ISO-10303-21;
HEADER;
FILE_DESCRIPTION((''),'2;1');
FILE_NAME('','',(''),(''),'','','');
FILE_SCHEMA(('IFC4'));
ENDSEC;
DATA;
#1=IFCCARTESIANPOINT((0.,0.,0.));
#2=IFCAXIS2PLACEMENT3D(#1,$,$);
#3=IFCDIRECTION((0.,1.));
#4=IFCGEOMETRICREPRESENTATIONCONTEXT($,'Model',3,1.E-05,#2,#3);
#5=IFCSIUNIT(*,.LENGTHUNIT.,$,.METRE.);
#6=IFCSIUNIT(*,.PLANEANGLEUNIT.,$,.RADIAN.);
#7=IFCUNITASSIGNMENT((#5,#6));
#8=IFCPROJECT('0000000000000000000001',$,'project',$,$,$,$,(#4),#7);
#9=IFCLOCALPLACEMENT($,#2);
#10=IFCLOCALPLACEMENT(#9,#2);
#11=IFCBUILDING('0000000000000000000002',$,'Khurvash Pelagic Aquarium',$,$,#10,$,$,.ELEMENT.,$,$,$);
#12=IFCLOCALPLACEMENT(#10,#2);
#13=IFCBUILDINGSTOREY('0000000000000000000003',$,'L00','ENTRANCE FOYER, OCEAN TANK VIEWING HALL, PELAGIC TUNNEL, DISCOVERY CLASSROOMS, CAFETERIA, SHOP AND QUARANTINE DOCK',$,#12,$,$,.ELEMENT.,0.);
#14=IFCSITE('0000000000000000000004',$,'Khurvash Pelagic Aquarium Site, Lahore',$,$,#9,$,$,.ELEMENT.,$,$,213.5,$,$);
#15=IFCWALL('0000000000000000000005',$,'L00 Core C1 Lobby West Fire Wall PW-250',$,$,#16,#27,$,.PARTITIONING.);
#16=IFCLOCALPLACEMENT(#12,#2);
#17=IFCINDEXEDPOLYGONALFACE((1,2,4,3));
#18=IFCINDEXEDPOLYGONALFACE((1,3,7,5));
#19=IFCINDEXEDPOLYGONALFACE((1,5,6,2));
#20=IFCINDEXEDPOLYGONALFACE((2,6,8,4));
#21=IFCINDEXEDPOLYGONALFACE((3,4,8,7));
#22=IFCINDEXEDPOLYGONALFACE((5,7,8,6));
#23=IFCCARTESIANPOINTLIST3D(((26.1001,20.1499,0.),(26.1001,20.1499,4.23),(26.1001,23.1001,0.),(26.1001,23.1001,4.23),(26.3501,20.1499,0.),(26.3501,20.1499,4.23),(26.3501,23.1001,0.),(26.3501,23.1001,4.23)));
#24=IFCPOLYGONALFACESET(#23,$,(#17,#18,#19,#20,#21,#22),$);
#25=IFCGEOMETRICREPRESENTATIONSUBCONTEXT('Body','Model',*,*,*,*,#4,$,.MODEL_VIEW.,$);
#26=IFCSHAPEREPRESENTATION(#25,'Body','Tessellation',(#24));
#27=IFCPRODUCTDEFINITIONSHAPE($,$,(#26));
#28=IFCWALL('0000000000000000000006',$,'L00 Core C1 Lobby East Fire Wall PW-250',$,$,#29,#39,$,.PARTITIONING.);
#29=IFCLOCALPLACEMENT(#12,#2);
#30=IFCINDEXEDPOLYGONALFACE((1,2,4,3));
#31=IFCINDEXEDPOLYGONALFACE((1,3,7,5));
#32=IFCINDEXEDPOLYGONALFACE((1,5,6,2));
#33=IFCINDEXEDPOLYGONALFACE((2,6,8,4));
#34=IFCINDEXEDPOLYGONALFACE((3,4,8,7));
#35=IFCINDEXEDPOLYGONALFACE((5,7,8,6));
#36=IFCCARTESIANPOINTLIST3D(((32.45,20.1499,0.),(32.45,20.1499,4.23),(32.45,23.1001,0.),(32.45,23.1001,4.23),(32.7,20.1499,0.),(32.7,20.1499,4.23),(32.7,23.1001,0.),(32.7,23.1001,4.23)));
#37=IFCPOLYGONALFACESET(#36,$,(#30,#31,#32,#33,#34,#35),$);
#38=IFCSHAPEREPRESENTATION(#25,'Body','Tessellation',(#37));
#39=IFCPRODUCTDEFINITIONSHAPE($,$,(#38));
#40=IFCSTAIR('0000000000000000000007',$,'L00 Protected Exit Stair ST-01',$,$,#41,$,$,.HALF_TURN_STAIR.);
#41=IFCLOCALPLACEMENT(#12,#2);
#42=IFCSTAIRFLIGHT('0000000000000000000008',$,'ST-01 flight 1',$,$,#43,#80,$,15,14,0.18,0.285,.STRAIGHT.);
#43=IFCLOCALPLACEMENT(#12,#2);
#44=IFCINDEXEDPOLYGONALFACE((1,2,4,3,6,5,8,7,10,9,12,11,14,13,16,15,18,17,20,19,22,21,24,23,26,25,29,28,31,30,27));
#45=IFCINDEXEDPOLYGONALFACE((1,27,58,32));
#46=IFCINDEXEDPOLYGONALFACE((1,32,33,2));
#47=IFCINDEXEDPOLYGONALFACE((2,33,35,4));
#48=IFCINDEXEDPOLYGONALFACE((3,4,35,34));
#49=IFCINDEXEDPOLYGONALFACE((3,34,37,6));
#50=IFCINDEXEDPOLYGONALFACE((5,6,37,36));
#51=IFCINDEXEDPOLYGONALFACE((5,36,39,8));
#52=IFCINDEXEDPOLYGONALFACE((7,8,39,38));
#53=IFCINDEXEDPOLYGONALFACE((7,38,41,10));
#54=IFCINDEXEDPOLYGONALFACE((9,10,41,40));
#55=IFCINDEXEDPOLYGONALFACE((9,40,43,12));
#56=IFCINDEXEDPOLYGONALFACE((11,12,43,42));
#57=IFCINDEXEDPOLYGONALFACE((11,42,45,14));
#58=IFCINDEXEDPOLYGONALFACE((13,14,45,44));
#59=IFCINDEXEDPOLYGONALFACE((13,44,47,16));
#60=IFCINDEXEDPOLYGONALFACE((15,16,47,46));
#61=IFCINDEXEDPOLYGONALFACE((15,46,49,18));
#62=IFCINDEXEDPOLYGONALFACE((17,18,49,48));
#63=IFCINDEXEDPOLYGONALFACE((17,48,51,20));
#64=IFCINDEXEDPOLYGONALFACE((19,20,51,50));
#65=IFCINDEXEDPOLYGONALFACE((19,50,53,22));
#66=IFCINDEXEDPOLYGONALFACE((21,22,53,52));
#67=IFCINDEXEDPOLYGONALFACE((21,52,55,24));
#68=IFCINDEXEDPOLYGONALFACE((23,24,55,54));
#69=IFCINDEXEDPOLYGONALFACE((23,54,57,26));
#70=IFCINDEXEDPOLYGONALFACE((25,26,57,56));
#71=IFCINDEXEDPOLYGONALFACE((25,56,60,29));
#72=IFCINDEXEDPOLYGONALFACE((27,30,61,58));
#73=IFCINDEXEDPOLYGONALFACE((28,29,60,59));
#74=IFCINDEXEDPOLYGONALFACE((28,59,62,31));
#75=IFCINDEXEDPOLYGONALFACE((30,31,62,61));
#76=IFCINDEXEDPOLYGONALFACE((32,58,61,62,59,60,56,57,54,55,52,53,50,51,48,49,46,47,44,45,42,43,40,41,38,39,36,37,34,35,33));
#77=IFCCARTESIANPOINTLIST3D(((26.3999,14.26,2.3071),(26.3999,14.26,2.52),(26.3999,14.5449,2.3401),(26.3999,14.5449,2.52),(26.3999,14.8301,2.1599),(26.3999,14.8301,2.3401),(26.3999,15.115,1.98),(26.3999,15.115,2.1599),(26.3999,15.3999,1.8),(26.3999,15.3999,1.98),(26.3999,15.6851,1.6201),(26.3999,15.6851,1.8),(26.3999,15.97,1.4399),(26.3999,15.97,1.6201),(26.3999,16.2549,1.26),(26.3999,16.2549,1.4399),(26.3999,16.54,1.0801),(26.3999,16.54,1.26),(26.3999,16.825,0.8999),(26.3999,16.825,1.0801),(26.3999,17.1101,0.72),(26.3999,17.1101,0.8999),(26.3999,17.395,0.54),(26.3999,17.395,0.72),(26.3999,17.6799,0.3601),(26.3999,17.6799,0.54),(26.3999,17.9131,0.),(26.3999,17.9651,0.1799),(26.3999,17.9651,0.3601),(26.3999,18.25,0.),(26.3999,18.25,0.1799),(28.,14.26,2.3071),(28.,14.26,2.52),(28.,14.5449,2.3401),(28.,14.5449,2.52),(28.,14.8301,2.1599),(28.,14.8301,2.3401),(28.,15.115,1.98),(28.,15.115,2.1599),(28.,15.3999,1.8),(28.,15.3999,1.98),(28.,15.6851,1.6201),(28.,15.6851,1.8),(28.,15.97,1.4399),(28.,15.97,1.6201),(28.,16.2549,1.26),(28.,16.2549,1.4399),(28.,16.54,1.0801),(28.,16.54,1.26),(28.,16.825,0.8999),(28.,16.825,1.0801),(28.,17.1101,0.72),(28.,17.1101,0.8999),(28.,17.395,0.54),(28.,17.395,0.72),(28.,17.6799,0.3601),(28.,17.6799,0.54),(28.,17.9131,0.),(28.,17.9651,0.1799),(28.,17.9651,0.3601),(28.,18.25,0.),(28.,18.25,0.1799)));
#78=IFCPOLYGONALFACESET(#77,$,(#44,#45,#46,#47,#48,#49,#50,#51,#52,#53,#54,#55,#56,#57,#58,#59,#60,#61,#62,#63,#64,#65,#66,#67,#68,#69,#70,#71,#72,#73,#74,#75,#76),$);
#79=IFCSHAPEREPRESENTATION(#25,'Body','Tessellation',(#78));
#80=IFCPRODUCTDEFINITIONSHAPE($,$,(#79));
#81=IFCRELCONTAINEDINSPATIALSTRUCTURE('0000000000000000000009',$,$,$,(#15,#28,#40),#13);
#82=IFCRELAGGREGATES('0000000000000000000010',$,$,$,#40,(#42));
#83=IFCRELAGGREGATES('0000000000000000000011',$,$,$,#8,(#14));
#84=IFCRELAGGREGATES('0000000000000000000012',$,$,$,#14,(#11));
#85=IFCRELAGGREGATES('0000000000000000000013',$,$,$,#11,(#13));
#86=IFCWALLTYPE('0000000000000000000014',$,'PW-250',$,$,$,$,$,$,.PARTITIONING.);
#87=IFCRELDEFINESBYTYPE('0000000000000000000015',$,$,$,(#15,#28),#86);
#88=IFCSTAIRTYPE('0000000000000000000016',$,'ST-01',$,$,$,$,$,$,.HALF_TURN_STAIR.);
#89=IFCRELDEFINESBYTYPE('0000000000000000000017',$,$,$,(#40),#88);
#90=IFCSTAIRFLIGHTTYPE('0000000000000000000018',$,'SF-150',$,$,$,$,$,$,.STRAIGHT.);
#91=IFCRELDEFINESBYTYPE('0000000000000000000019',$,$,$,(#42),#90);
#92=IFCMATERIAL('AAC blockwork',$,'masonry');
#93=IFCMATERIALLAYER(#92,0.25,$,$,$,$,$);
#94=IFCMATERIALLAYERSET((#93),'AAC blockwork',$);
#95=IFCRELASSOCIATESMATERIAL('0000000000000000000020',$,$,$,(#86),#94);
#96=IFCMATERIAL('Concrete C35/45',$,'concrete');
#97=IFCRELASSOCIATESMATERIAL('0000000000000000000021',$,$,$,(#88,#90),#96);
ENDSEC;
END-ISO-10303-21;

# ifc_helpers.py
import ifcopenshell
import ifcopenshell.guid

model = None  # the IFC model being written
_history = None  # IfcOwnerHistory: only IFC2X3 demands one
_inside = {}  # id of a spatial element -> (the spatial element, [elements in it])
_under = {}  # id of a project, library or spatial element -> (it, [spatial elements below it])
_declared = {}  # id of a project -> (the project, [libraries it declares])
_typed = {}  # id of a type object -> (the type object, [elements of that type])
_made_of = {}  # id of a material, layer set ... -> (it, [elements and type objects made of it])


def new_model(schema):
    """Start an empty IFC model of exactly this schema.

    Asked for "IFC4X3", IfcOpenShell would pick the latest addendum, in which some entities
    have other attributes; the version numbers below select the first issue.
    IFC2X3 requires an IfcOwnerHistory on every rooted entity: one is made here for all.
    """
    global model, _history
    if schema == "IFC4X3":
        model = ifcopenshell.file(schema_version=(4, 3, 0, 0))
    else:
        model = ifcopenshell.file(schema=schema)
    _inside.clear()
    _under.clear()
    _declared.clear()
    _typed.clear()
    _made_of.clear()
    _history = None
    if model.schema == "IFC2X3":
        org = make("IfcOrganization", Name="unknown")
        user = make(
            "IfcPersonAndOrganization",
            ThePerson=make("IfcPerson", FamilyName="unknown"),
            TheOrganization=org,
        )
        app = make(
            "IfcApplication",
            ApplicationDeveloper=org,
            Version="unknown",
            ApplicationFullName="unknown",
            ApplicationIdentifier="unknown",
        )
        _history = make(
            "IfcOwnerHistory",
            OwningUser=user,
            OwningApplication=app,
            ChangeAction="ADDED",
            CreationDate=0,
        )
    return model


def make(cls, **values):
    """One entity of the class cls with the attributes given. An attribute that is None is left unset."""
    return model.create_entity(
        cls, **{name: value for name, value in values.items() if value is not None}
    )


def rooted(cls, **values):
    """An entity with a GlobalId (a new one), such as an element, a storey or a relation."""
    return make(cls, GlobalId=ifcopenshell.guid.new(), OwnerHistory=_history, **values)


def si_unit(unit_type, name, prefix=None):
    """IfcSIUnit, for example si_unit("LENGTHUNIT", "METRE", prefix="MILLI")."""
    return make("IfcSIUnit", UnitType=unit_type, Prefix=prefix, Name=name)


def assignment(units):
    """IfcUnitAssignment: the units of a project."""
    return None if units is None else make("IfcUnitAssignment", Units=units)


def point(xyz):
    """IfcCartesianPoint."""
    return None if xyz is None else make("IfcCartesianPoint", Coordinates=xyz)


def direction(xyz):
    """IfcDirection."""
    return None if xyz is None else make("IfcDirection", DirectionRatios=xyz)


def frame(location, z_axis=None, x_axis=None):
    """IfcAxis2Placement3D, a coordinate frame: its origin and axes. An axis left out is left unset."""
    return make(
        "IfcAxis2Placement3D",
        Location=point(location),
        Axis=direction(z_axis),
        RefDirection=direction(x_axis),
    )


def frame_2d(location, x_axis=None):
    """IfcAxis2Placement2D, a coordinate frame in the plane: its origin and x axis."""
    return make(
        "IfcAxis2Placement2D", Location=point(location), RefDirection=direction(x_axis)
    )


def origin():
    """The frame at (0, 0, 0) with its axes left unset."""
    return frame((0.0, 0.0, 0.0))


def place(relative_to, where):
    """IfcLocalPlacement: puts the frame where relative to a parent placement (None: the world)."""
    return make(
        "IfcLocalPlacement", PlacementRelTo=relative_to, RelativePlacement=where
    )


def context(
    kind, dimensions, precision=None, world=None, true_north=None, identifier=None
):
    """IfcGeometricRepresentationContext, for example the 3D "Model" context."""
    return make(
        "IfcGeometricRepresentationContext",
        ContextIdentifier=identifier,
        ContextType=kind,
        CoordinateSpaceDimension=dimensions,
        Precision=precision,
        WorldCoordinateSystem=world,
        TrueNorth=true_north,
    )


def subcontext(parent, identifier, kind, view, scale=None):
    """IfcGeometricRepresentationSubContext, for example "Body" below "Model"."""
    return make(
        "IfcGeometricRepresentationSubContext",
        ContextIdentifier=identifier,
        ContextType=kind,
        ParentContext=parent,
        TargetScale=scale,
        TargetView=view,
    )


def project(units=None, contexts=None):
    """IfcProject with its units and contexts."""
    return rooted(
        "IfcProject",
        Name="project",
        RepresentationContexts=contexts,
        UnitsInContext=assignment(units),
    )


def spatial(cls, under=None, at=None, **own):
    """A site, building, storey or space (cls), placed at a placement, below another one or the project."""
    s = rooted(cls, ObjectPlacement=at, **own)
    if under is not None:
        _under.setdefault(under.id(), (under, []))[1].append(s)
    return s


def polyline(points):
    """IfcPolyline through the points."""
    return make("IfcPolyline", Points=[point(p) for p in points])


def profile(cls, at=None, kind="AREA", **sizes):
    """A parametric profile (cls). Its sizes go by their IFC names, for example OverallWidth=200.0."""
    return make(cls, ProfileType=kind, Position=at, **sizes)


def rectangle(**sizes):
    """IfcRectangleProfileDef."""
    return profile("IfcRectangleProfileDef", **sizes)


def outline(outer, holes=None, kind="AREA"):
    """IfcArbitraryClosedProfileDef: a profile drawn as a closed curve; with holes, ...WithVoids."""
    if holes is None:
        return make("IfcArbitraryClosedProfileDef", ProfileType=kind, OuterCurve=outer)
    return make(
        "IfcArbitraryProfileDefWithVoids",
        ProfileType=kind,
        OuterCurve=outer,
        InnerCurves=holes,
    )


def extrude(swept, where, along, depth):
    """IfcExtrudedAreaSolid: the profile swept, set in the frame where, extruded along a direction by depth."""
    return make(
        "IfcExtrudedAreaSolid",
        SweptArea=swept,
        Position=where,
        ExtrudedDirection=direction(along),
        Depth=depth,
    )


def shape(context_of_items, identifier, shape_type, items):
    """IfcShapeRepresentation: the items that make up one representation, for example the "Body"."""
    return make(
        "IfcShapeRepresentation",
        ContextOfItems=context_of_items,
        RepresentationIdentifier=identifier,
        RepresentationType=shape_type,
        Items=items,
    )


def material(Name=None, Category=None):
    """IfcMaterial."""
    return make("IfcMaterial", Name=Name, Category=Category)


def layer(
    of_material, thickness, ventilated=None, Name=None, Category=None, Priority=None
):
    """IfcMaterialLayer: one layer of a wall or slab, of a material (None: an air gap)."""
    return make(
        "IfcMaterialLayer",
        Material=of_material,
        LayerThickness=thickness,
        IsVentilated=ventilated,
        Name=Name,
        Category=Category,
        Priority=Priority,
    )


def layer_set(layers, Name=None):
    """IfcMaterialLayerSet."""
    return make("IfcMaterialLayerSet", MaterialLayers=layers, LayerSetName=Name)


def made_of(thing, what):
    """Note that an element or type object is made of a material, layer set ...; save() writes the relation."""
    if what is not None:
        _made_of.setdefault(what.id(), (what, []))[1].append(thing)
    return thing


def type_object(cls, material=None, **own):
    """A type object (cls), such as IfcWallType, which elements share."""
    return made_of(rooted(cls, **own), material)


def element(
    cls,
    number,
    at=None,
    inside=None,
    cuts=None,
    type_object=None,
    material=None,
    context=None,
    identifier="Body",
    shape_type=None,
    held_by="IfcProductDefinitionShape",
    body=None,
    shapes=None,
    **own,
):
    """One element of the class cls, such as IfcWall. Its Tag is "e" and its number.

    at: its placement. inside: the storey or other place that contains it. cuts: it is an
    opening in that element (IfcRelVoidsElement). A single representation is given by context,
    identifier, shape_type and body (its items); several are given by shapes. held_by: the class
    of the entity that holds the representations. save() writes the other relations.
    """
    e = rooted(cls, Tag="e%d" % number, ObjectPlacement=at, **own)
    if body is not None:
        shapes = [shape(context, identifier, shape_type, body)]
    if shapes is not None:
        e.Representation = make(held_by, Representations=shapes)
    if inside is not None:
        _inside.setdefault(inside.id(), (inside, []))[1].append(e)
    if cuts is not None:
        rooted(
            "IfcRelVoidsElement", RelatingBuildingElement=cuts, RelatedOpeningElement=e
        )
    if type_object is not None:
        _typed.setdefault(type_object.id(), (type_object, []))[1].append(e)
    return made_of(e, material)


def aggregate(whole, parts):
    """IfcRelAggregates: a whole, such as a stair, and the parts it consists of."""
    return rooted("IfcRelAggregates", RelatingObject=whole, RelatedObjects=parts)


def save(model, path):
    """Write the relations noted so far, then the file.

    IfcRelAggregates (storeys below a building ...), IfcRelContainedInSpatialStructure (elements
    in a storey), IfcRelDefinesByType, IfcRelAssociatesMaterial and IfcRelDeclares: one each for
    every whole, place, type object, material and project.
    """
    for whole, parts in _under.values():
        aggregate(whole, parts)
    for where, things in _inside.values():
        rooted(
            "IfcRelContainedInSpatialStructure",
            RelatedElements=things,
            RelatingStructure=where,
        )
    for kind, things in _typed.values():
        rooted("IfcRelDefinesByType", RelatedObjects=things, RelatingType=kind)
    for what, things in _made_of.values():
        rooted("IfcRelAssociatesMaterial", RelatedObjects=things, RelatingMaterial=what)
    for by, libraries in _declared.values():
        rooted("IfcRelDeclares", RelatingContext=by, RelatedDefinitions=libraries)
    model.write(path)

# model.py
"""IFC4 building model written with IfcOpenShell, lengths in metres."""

from ifc_helpers import new_model, si_unit, direction, frame, frame_2d, origin, place, context, subcontext, project, spatial, polyline, rectangle, outline, extrude, material, layer, layer_set, type_object, element, aggregate, save


model = new_model("IFC4")

# Units and contexts
model_context = context("Model", 3, precision=1e-05, world=origin(), true_north=direction((0.0, 1.0)))
body_context = subcontext(model_context, "Body", "Model", "MODEL_VIEW")
ifc_project = project(units=[si_unit("LENGTHUNIT", "METRE"), si_unit("PLANEANGLEUNIT", "RADIAN")], contexts=[model_context])

# Site, building, storey
site_placement = place(None, origin())
site = spatial("IfcSite", under=ifc_project, at=site_placement, Name="Khurvash Pelagic Aquarium Site, Lahore", CompositionType="ELEMENT", RefElevation=213.5)
building_placement = place(site_placement, origin())
building = spatial("IfcBuilding", under=site, at=building_placement, Name="Khurvash Pelagic Aquarium", CompositionType="ELEMENT")
storey_placement = place(building_placement, origin())
storey = spatial("IfcBuildingStorey", under=building, at=storey_placement, Name="L00", Description="ENTRANCE FOYER, OCEAN TANK VIEWING HALL, PELAGIC TUNNEL, DISCOVERY CLASSROOMS, CAFETERIA, SHOP AND QUARANTINE DOCK", CompositionType="ELEMENT", Elevation=0.0)

# Shared definitions
ifc_material_1 = material(Name="Concrete C35/45", Category="concrete")

# Walls
ifc_material_2 = material(Name="AAC blockwork", Category="masonry")
ifc_layer_1 = layer(ifc_material_2, 0.25)
ifc_layer_set_1 = layer_set([ifc_layer_1], Name="AAC blockwork")
wall_type_1 = type_object("IfcWallType", Name="PW-250", PredefinedType="PARTITIONING", material=ifc_layer_set_1)
for number, where, z_axis, x_axis, name in (
    (1, (26.2251, 20.1499, 0.0), (0.0, 0.0, 1.0), (0.0, 1.0, 0.0), "L00 Core C1 Lobby West Fire Wall PW-250"),
    (2, (32.575, 20.1499, 0.0), (0.0, 0.0, 1.0), (0.0, 1.0, 0.0), "L00 Core C1 Lobby East Fire Wall PW-250"),
):
    element("IfcWall", number, at=place(storey_placement, frame(where, z_axis=z_axis, x_axis=x_axis)), inside=storey, type_object=wall_type_1, Name=name, PredefinedType="PARTITIONING", context=body_context, shape_type="SweptSolid", body=[
        extrude(rectangle(XDim=2.9502, YDim=0.25, at=frame_2d((1.4751, 0.0))), origin(), (0.0, 0.0, 1.0), 4.23),
    ])

# Stair, stair flight
stair_type = type_object("IfcStairType", Name="ST-01", PredefinedType="HALF_TURN_STAIR", material=ifc_material_1)
stair_placement = place(storey_placement, origin())
stair = element("IfcStair", 3, at=stair_placement, inside=storey, type_object=stair_type, Name="L00 Protected Exit Stair ST-01", PredefinedType="HALF_TURN_STAIR")
stair_flight_type = type_object("IfcStairFlightType", Name="SF-150", PredefinedType="STRAIGHT", material=ifc_material_1)
stair_flight_placement = place(storey_placement, frame((27.2, 18.25, 0.0), z_axis=(0.0, 0.0, 1.0), x_axis=(0.0, -1.0, 0.0)))
stair_flight = element("IfcStairFlight", 4, at=stair_flight_placement, type_object=stair_flight_type, Name="ST-01 flight 1", NumberOfRisers=15, NumberOfTreads=14, PredefinedType="STRAIGHT", RiserHeight=0.18, TreadLength=0.285, context=body_context, shape_type="SweptSolid", body=[
    extrude(outline(polyline([(0.0, 0.0), (0.0, 0.1799), (0.2849, 0.1799), (0.2849, 0.3601), (0.5701, 0.3601), (0.5701, 0.54), (0.855, 0.54), (0.855, 0.72), (1.1399, 0.72), (1.1399, 0.8999), (1.425, 0.8999), (1.425, 1.0801), (1.71, 1.0801), (1.71, 1.26), (1.9951, 1.26), (1.9951, 1.4399), (2.28, 1.4399), (2.28, 1.6201), (2.5649, 1.6201), (2.5649, 1.8), (2.8501, 1.8), (2.8501, 1.98), (3.135, 1.98), (3.135, 2.1599), (3.4199, 2.1599), (3.4199, 2.3401), (3.7051, 2.3401), (3.7051, 2.52), (3.99, 2.52), (3.99, 2.7), (3.99, 2.3071), (0.3369, 0.0), (0.0, 0.0)])), frame((0.0, 0.8, 0.0), z_axis=(0.0, -1.0, 0.0), x_axis=(1.0, 0.0, 0.0)), (0.0, 0.0, 1.0), 1.6001),
])
aggregate(stair, [stair_flight])

save(model, "model.ifc")
